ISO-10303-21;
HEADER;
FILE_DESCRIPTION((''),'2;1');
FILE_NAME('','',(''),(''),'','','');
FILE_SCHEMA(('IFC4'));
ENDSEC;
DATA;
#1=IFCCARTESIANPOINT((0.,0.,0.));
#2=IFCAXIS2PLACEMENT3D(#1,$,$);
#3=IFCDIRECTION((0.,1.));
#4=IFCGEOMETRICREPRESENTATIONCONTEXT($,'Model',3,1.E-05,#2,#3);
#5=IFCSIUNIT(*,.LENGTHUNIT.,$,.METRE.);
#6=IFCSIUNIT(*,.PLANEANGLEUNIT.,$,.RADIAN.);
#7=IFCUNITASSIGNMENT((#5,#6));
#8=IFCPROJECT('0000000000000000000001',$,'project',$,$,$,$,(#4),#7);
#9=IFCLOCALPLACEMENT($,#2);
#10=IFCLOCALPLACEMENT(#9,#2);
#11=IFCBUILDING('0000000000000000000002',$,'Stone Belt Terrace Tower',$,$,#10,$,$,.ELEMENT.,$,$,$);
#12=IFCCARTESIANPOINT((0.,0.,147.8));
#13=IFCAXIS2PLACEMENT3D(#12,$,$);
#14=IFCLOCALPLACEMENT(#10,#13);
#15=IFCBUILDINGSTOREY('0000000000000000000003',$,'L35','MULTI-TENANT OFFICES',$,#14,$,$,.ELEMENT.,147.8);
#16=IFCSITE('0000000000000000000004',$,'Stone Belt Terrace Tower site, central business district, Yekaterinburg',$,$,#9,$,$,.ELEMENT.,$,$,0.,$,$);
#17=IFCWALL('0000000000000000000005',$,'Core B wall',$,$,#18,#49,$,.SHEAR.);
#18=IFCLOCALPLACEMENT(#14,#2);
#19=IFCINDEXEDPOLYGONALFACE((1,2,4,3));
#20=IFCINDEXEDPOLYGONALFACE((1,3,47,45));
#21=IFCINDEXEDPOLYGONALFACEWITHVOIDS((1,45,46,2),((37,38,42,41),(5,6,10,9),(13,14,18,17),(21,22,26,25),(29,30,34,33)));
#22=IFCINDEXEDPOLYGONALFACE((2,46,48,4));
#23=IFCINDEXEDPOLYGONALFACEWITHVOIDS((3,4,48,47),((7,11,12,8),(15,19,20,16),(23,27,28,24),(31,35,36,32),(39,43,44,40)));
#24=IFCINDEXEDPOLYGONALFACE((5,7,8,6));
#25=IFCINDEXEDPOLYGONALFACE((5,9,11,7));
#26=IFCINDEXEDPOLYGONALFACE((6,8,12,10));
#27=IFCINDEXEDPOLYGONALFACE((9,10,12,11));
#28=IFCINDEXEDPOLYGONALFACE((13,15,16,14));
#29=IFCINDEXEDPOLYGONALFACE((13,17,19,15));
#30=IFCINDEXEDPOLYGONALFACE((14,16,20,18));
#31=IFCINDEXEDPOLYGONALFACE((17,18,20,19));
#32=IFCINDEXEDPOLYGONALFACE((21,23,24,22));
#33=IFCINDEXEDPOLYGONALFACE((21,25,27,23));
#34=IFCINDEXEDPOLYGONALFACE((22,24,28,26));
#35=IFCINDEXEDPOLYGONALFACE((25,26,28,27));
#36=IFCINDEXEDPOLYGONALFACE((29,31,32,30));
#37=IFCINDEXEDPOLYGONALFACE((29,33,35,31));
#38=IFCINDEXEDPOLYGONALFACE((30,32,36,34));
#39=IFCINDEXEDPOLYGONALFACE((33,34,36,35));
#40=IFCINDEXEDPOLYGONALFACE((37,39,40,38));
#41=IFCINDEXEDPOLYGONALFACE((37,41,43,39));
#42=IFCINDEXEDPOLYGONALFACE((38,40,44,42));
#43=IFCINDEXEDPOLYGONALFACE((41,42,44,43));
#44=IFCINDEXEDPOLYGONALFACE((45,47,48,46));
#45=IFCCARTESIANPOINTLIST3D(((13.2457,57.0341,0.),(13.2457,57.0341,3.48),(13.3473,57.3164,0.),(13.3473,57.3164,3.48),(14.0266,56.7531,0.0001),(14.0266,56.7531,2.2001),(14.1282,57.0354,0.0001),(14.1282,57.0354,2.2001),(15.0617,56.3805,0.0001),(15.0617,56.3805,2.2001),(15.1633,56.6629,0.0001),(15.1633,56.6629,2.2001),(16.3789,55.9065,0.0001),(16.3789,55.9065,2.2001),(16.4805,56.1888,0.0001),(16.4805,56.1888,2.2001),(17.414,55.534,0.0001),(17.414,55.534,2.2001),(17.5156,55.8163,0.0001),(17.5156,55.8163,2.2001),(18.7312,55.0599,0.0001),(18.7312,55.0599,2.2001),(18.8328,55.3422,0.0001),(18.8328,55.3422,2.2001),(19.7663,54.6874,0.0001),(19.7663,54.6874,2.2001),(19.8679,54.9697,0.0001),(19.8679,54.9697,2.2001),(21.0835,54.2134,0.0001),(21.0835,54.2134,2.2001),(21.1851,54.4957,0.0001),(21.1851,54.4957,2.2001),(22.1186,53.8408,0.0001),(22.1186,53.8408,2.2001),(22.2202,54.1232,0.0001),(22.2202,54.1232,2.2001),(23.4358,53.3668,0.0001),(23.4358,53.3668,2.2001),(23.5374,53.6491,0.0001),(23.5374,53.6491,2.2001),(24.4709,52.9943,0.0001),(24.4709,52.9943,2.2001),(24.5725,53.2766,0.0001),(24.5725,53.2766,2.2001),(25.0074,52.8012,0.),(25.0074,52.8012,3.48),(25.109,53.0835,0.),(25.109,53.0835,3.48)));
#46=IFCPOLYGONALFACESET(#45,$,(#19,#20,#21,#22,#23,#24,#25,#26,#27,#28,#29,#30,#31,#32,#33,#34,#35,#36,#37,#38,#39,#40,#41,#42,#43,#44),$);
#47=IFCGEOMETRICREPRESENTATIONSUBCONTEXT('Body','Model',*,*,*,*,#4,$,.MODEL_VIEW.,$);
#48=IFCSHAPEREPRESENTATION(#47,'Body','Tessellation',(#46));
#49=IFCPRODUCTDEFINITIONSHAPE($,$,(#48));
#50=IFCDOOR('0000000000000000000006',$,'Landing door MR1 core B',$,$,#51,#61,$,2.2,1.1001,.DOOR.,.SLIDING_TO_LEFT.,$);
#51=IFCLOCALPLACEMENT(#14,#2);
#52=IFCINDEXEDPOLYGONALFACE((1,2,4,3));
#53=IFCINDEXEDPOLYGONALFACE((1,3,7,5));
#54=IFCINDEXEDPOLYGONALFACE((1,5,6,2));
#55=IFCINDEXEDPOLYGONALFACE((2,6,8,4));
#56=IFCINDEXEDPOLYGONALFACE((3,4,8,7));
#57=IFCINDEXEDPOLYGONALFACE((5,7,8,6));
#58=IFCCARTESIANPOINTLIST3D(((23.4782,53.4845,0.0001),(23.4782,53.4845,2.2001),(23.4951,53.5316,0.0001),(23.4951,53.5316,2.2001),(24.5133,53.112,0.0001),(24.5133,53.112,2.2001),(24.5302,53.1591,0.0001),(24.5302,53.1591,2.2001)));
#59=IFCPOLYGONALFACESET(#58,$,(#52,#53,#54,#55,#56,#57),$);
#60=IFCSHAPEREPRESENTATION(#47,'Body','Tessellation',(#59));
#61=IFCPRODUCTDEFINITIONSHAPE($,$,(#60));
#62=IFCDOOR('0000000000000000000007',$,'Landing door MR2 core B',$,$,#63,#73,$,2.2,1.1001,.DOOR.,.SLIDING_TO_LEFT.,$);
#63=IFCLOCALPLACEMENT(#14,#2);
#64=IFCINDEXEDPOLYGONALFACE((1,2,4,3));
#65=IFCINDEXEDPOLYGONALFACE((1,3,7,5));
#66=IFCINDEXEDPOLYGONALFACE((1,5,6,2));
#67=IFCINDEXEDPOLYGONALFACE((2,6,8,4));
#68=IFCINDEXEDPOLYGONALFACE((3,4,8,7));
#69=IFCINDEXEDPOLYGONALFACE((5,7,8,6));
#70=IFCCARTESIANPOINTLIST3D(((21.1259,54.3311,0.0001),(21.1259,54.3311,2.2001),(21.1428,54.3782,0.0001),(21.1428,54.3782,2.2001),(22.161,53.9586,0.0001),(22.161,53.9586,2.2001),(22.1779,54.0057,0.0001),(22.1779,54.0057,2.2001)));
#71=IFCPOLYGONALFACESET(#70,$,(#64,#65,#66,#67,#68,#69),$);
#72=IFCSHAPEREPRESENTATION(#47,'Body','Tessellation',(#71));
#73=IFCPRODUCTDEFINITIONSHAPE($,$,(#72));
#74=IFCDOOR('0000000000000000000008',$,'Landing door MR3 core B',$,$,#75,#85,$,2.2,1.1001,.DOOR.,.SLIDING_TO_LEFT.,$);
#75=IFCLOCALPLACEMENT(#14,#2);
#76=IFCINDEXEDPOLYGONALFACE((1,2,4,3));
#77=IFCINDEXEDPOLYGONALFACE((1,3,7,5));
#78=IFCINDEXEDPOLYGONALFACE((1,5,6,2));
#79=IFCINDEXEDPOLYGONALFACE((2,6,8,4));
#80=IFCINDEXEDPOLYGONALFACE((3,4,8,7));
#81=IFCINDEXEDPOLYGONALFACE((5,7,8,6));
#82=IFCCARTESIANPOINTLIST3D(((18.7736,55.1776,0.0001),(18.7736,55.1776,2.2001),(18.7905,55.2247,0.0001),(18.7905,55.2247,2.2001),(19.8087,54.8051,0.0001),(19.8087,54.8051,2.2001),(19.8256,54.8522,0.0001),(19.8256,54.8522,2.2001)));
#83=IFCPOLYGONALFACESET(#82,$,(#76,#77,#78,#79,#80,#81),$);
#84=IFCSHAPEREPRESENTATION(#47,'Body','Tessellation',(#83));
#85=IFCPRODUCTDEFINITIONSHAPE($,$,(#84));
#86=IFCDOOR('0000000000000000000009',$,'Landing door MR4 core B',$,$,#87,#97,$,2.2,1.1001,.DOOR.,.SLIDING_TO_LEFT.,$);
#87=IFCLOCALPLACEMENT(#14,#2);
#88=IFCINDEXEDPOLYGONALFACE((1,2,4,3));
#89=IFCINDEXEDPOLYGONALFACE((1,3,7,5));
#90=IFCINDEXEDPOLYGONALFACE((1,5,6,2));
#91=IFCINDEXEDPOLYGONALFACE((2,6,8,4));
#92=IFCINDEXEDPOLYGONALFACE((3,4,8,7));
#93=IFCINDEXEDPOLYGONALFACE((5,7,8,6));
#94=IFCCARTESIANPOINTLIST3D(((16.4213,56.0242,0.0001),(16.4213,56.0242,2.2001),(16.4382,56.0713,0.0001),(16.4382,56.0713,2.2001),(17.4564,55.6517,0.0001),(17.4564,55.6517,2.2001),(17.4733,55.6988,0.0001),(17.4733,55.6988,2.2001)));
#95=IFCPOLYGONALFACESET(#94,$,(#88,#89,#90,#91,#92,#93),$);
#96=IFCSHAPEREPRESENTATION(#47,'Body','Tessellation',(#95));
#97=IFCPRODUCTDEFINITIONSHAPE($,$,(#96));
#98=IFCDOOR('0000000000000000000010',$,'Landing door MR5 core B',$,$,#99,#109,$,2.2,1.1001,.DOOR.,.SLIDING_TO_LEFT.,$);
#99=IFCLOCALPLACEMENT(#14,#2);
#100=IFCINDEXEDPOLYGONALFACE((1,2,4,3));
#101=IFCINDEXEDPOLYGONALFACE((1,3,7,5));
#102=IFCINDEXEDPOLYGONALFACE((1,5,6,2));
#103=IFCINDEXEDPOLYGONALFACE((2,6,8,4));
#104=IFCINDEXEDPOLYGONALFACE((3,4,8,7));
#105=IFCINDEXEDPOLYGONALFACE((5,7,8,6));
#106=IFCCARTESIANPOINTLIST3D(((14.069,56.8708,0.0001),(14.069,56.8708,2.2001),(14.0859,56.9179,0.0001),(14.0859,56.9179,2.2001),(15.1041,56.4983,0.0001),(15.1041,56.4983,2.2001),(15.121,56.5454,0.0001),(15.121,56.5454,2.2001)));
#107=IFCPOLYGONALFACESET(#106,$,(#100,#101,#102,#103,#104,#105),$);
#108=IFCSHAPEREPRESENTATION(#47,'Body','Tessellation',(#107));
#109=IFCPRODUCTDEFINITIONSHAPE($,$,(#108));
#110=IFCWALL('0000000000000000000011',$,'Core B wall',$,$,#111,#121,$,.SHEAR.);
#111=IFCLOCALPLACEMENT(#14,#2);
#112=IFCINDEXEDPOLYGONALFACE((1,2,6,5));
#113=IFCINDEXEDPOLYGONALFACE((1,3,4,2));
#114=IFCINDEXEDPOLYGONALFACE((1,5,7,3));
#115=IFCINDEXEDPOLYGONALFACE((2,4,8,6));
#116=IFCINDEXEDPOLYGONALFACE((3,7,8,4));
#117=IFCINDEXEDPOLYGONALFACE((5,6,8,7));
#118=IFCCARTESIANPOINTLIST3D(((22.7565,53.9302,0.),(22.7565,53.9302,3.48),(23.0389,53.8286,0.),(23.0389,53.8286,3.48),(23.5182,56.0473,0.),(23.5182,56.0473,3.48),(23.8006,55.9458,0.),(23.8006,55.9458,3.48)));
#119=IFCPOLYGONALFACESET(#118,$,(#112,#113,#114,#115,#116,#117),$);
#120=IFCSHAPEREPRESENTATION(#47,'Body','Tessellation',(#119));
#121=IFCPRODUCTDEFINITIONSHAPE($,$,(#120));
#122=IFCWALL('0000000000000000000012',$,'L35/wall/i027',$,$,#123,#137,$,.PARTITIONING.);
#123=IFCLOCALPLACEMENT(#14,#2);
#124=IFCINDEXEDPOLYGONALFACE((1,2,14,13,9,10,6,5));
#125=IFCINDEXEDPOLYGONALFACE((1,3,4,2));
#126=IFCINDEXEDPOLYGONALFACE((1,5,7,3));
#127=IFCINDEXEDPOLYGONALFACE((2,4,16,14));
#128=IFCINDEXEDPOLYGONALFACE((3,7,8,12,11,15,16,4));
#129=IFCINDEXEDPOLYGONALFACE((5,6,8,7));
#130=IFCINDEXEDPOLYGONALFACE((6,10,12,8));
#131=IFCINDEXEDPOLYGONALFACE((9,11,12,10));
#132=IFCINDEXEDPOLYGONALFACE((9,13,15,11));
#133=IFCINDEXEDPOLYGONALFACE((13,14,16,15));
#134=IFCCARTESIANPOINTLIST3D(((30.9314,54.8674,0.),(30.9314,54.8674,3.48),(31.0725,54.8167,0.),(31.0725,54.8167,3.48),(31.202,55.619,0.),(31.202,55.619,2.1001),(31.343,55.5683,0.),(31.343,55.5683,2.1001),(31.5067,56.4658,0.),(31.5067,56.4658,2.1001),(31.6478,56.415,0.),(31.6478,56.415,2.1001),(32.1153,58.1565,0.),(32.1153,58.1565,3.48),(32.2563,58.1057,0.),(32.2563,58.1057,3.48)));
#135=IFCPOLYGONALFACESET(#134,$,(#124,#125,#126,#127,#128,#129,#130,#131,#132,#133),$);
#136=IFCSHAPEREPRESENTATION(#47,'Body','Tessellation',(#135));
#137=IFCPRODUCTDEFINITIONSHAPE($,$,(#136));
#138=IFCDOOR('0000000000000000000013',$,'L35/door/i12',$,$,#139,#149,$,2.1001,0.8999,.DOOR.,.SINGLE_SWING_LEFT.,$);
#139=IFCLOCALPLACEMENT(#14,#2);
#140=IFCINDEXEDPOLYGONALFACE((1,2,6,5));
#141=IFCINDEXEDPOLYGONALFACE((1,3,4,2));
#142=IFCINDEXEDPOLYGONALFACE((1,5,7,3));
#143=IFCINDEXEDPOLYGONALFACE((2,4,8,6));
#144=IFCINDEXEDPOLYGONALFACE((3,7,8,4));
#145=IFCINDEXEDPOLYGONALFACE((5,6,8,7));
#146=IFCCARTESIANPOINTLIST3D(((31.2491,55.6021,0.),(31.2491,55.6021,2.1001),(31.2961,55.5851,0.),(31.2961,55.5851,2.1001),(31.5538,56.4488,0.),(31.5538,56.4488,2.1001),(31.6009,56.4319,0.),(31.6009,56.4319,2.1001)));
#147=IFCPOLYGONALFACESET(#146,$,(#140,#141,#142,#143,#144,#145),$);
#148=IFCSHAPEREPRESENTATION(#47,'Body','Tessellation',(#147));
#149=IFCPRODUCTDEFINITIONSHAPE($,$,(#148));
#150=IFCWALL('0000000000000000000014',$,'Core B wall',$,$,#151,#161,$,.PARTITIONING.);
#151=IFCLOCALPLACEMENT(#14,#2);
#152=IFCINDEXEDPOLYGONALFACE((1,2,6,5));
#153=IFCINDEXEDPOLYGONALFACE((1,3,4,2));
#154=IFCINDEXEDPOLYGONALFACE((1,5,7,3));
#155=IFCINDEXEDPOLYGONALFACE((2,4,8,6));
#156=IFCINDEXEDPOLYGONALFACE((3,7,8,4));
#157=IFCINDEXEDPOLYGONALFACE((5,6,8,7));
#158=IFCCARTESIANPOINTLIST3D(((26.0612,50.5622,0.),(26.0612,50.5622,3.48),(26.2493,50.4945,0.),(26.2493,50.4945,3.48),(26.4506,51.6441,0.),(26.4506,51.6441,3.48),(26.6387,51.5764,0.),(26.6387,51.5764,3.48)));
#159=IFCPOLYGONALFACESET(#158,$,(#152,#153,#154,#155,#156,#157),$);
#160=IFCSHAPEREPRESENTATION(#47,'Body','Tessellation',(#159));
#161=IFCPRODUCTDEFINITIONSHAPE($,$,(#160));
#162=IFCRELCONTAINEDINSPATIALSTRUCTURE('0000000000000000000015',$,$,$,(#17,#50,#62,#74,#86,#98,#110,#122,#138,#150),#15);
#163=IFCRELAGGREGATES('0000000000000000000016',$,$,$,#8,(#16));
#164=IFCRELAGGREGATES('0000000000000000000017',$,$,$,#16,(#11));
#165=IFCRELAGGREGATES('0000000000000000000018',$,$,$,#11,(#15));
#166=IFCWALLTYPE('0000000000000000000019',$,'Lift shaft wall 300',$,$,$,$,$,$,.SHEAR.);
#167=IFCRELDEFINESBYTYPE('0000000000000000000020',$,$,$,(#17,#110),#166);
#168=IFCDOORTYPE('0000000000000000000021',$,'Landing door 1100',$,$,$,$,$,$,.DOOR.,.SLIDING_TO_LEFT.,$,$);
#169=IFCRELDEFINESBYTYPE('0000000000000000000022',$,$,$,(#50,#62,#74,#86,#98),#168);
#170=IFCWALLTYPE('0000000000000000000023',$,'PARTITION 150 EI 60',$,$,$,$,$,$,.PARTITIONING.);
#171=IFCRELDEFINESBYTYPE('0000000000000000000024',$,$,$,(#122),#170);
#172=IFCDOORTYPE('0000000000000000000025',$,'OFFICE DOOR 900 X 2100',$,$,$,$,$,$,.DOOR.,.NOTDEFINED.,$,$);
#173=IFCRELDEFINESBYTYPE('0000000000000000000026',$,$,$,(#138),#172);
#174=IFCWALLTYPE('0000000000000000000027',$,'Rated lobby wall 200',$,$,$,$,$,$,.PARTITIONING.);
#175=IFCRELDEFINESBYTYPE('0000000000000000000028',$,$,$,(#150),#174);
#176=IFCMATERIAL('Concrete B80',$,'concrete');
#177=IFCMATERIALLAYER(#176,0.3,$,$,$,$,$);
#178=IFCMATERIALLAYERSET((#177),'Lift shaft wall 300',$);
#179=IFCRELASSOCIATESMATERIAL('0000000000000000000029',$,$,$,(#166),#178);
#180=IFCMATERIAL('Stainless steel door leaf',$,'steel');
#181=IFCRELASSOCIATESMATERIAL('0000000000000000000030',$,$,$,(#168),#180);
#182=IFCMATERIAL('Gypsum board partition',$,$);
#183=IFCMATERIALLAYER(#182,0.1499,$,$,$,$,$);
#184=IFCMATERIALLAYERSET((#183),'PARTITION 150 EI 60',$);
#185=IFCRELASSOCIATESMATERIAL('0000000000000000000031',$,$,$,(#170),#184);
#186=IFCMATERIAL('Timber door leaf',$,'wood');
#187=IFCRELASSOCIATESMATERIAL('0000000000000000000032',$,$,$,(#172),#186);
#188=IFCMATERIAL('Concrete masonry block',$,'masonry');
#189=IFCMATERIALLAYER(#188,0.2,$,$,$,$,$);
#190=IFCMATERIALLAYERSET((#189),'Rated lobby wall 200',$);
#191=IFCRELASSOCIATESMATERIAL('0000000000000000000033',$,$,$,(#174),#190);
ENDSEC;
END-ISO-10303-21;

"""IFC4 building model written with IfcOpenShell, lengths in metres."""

from ifc_helpers import new_model, si_unit, direction, frame, frame_2d, origin, place, context, subcontext, project, spatial, rectangle, extrude, material, layer, layer_set, type_object, element, fill, save


model = new_model("IFC4")

# Units and contexts
model_context = context("Model", 3, precision=1e-05, world=origin(), true_north=direction((0.0, 1.0)))
body_context = subcontext(model_context, "Body", "Model", "MODEL_VIEW")
ifc_project = project(units=[si_unit("LENGTHUNIT", "METRE"), si_unit("PLANEANGLEUNIT", "RADIAN")], contexts=[model_context])

# Site, building, storey
site_placement = place(None, origin())
site = spatial("IfcSite", under=ifc_project, at=site_placement, Name="Stone Belt Terrace Tower site, central business district, Yekaterinburg", CompositionType="ELEMENT", RefElevation=0.0)
building_placement = place(site_placement, origin())
building = spatial("IfcBuilding", under=site, at=building_placement, Name="Stone Belt Terrace Tower", CompositionType="ELEMENT")
storey_placement = place(building_placement, frame((0.0, 0.0, 147.8)))
storey = spatial("IfcBuildingStorey", under=building, at=storey_placement, Name="L35", Description="MULTI-TENANT OFFICES", CompositionType="ELEMENT", Elevation=147.8)

# Shared definitions
ifc_material_1 = material(Name="Concrete B80", Category="concrete")

# Shared definitions
ifc_material_2 = material(Name="Timber door leaf", Category="wood")
ifc_layer_1 = layer(ifc_material_1, 0.3)
ifc_layer_set_1 = layer_set([ifc_layer_1], Name="Lift shaft wall 300")
wall_type_1 = type_object("IfcWallType", Name="Lift shaft wall 300", PredefinedType="SHEAR", material=ifc_layer_set_1)
ifc_material_3 = material(Name="Stainless steel door leaf", Category="steel")

# Wall, openings, doors
wall_1_placement = place(storey_placement, frame((25.0581, 52.9424, 0.0), z_axis=(0.0, 0.0, 1.0), x_axis=(-0.940921, 0.338627, 0.0)))
wall_1 = element("IfcWall", 1, at=wall_1_placement, inside=storey, type_object=wall_type_1, Name="Core B wall", PredefinedType="SHEAR", context=body_context, shape_type="SweptSolid", body=[
    extrude(rectangle(XDim=12.5002, YDim=0.3, at=frame_2d((6.25, 0.0))), origin(), (0.0, 0.0, 1.0), 3.48),
])
opening_1_placement = place(wall_1_placement, frame((0.5701, 0.0, 0.0)))
opening_1 = element("IfcOpeningElement", 2, at=opening_1_placement, cuts=wall_1, PredefinedType="OPENING", context=body_context, shape_type="SweptSolid", body=[
    extrude(rectangle(XDim=1.1001, YDim=2.2, at=frame_2d((0.55, 1.1001))), frame((0.0, 0.1599, 0.0), z_axis=(0.0, -1.0, 0.0), x_axis=(1.0, 0.0, 0.0)), (0.0, 0.0, 1.0), 0.3201),
])
opening_2_placement = place(wall_1_placement, frame((3.0701, 0.0, 0.0)))
opening_2 = element("IfcOpeningElement", 3, at=opening_2_placement, cuts=wall_1, PredefinedType="OPENING", context=body_context, shape_type="SweptSolid", body=[
    extrude(rectangle(XDim=1.1001, YDim=2.2, at=frame_2d((0.55, 1.1001))), frame((0.0, 0.1599, 0.0), z_axis=(0.0, -1.0, 0.0), x_axis=(1.0, 0.0, 0.0)), (0.0, 0.0, 1.0), 0.3201),
])
opening_3_placement = place(wall_1_placement, frame((5.5701, 0.0, 0.0)))
opening_3 = element("IfcOpeningElement", 4, at=opening_3_placement, cuts=wall_1, PredefinedType="OPENING", context=body_context, shape_type="SweptSolid", body=[
    extrude(rectangle(XDim=1.1001, YDim=2.2, at=frame_2d((0.55, 1.1001))), frame((0.0, 0.1599, 0.0), z_axis=(0.0, -1.0, 0.0), x_axis=(1.0, 0.0, 0.0)), (0.0, 0.0, 1.0), 0.3201),
])
opening_4_placement = place(wall_1_placement, frame((8.0701, 0.0, 0.0)))
opening_4 = element("IfcOpeningElement", 5, at=opening_4_placement, cuts=wall_1, PredefinedType="OPENING", context=body_context, shape_type="SweptSolid", body=[
    extrude(rectangle(XDim=1.1001, YDim=2.2, at=frame_2d((0.55, 1.1001))), frame((0.0, 0.1599, 0.0), z_axis=(0.0, -1.0, 0.0), x_axis=(1.0, 0.0, 0.0)), (0.0, 0.0, 1.0), 0.3201),
])
opening_5_placement = place(wall_1_placement, frame((10.5701, 0.0, 0.0)))
opening_5 = element("IfcOpeningElement", 6, at=opening_5_placement, cuts=wall_1, PredefinedType="OPENING", context=body_context, shape_type="SweptSolid", body=[
    extrude(rectangle(XDim=1.1001, YDim=2.2, at=frame_2d((0.55, 1.1001))), frame((0.0, 0.1599, 0.0), z_axis=(0.0, -1.0, 0.0), x_axis=(1.0, 0.0, 0.0)), (0.0, 0.0, 1.0), 0.3201),
])
door_type_1 = type_object("IfcDoorType", Name="Landing door 1100", OperationType="SLIDING_TO_LEFT", PredefinedType="DOOR", material=ifc_material_3)
door_1_placement = place(opening_1_placement, origin())
door_1 = element("IfcDoor", 7, at=door_1_placement, inside=storey, type_object=door_type_1, Name="Landing door MR1 core B", OperationType="SLIDING_TO_LEFT", OverallHeight=2.2, OverallWidth=1.1001, PredefinedType="DOOR", context=body_context, shape_type="SweptSolid", body=[
    extrude(rectangle(XDim=1.1001, YDim=2.2, at=frame_2d((0.55, 1.1001))), frame((0.0, 0.0249, 0.0), z_axis=(0.0, -1.0, 0.0), x_axis=(1.0, 0.0, 0.0)), (0.0, 0.0, 1.0), 0.05),
])
fill(opening_1, door_1)
door_2_placement = place(opening_2_placement, origin())
door_2 = element("IfcDoor", 8, at=door_2_placement, inside=storey, type_object=door_type_1, Name="Landing door MR2 core B", OperationType="SLIDING_TO_LEFT", OverallHeight=2.2, OverallWidth=1.1001, PredefinedType="DOOR", context=body_context, shape_type="SweptSolid", body=[
    extrude(rectangle(XDim=1.1001, YDim=2.2, at=frame_2d((0.55, 1.1001))), frame((0.0, 0.0249, 0.0), z_axis=(0.0, -1.0, 0.0), x_axis=(1.0, 0.0, 0.0)), (0.0, 0.0, 1.0), 0.05),
])
fill(opening_2, door_2)
door_3_placement = place(opening_3_placement, origin())
door_3 = element("IfcDoor", 9, at=door_3_placement, inside=storey, type_object=door_type_1, Name="Landing door MR3 core B", OperationType="SLIDING_TO_LEFT", OverallHeight=2.2, OverallWidth=1.1001, PredefinedType="DOOR", context=body_context, shape_type="SweptSolid", body=[
    extrude(rectangle(XDim=1.1001, YDim=2.2, at=frame_2d((0.55, 1.1001))), frame((0.0, 0.0249, 0.0), z_axis=(0.0, -1.0, 0.0), x_axis=(1.0, 0.0, 0.0)), (0.0, 0.0, 1.0), 0.05),
])
fill(opening_3, door_3)
door_4_placement = place(opening_4_placement, origin())
door_4 = element("IfcDoor", 10, at=door_4_placement, inside=storey, type_object=door_type_1, Name="Landing door MR4 core B", OperationType="SLIDING_TO_LEFT", OverallHeight=2.2, OverallWidth=1.1001, PredefinedType="DOOR", context=body_context, shape_type="SweptSolid", body=[
    extrude(rectangle(XDim=1.1001, YDim=2.2, at=frame_2d((0.55, 1.1001))), frame((0.0, 0.0249, 0.0), z_axis=(0.0, -1.0, 0.0), x_axis=(1.0, 0.0, 0.0)), (0.0, 0.0, 1.0), 0.05),
])
fill(opening_4, door_4)
door_5_placement = place(opening_5_placement, origin())
door_5 = element("IfcDoor", 11, at=door_5_placement, inside=storey, type_object=door_type_1, Name="Landing door MR5 core B", OperationType="SLIDING_TO_LEFT", OverallHeight=2.2, OverallWidth=1.1001, PredefinedType="DOOR", context=body_context, shape_type="SweptSolid", body=[
    extrude(rectangle(XDim=1.1001, YDim=2.2, at=frame_2d((0.55, 1.1001))), frame((0.0, 0.0249, 0.0), z_axis=(0.0, -1.0, 0.0), x_axis=(1.0, 0.0, 0.0)), (0.0, 0.0, 1.0), 0.05),
])
fill(opening_5, door_5)

# Wall
wall_2_placement = place(storey_placement, frame((22.8977, 53.8794, 0.0), z_axis=(0.0, 0.0, 1.0), x_axis=(0.338535, 0.940954, 0.0)))
element("IfcWall", 12, at=wall_2_placement, inside=storey, type_object=wall_type_1, Name="Core B wall", PredefinedType="SHEAR", context=body_context, shape_type="SweptSolid", body=[
    extrude(rectangle(XDim=2.25, YDim=0.3, at=frame_2d((1.125, 0.0))), origin(), (0.0, 0.0, 1.0), 3.48),
])

# Wall, opening, door
ifc_material_4 = material(Name="Gypsum board partition")
ifc_layer_2 = layer(ifc_material_4, 0.1499)
ifc_layer_set_2 = layer_set([ifc_layer_2], Name="PARTITION 150 EI 60")
wall_type_2 = type_object("IfcWallType", Name="PARTITION 150 EI 60", PredefinedType="PARTITIONING", material=ifc_layer_set_2)
wall_3_placement = place(storey_placement, frame((31.002, 54.842, 0.0), z_axis=(0.0, 0.0, 1.0), x_axis=(0.338663, 0.940908, 0.0)))
wall_3 = element("IfcWall", 13, at=wall_3_placement, inside=storey, type_object=wall_type_2, Name="L35/wall/i027", PredefinedType="PARTITIONING", context=body_context, shape_type="SweptSolid", body=[
    extrude(rectangle(XDim=3.4956, YDim=0.1499, at=frame_2d((1.7478, 0.0))), origin(), (0.0, 0.0, 1.0), 3.48),
])
opening_6_placement = place(wall_3_placement, frame((0.7988, 0.0, 0.0)))
opening_6 = element("IfcOpeningElement", 14, at=opening_6_placement, cuts=wall_3, PredefinedType="OPENING", context=body_context, shape_type="SweptSolid", body=[
    extrude(rectangle(XDim=0.8999, YDim=2.1001, at=frame_2d((0.45, 1.05))), frame((0.0, 0.085, 0.0), z_axis=(0.0, -1.0, 0.0), x_axis=(1.0, 0.0, 0.0)), (0.0, 0.0, 1.0), 0.1699),
])
door_type_2 = type_object("IfcDoorType", Name="OFFICE DOOR 900 X 2100", OperationType="NOTDEFINED", PredefinedType="DOOR", material=ifc_material_2)
door_6_placement = place(opening_6_placement, origin())
door_6 = element("IfcDoor", 15, at=door_6_placement, inside=storey, type_object=door_type_2, Name="L35/door/i12", OperationType="SINGLE_SWING_LEFT", OverallHeight=2.1001, OverallWidth=0.8999, PredefinedType="DOOR", context=body_context, shape_type="SweptSolid", body=[
    extrude(rectangle(XDim=0.8999, YDim=2.1001, at=frame_2d((0.45, 1.05))), frame((0.0, 0.0249, 0.0), z_axis=(0.0, -1.0, 0.0), x_axis=(1.0, 0.0, 0.0)), (0.0, 0.0, 1.0), 0.05),
])
fill(opening_6, door_6)

# Wall
ifc_material_5 = material(Name="Concrete masonry block", Category="masonry")
ifc_layer_3 = layer(ifc_material_5, 0.2)
ifc_layer_set_3 = layer_set([ifc_layer_3], Name="Rated lobby wall 200")
wall_type_3 = type_object("IfcWallType", Name="Rated lobby wall 200", PredefinedType="PARTITIONING", material=ifc_layer_set_3)
wall_4_placement = place(storey_placement, frame((26.1553, 50.5283, 0.0), z_axis=(0.0, 0.0, 1.0), x_axis=(0.338622, 0.940923, 0.0)))
element("IfcWall", 16, at=wall_4_placement, inside=storey, type_object=wall_type_3, Name="Core B wall", PredefinedType="PARTITIONING", context=body_context, shape_type="SweptSolid", body=[
    extrude(rectangle(XDim=1.1499, YDim=0.2, at=frame_2d((0.575, 0.0))), origin(), (0.0, 0.0, 1.0), 3.48),
])

save(model, "model.ifc")
